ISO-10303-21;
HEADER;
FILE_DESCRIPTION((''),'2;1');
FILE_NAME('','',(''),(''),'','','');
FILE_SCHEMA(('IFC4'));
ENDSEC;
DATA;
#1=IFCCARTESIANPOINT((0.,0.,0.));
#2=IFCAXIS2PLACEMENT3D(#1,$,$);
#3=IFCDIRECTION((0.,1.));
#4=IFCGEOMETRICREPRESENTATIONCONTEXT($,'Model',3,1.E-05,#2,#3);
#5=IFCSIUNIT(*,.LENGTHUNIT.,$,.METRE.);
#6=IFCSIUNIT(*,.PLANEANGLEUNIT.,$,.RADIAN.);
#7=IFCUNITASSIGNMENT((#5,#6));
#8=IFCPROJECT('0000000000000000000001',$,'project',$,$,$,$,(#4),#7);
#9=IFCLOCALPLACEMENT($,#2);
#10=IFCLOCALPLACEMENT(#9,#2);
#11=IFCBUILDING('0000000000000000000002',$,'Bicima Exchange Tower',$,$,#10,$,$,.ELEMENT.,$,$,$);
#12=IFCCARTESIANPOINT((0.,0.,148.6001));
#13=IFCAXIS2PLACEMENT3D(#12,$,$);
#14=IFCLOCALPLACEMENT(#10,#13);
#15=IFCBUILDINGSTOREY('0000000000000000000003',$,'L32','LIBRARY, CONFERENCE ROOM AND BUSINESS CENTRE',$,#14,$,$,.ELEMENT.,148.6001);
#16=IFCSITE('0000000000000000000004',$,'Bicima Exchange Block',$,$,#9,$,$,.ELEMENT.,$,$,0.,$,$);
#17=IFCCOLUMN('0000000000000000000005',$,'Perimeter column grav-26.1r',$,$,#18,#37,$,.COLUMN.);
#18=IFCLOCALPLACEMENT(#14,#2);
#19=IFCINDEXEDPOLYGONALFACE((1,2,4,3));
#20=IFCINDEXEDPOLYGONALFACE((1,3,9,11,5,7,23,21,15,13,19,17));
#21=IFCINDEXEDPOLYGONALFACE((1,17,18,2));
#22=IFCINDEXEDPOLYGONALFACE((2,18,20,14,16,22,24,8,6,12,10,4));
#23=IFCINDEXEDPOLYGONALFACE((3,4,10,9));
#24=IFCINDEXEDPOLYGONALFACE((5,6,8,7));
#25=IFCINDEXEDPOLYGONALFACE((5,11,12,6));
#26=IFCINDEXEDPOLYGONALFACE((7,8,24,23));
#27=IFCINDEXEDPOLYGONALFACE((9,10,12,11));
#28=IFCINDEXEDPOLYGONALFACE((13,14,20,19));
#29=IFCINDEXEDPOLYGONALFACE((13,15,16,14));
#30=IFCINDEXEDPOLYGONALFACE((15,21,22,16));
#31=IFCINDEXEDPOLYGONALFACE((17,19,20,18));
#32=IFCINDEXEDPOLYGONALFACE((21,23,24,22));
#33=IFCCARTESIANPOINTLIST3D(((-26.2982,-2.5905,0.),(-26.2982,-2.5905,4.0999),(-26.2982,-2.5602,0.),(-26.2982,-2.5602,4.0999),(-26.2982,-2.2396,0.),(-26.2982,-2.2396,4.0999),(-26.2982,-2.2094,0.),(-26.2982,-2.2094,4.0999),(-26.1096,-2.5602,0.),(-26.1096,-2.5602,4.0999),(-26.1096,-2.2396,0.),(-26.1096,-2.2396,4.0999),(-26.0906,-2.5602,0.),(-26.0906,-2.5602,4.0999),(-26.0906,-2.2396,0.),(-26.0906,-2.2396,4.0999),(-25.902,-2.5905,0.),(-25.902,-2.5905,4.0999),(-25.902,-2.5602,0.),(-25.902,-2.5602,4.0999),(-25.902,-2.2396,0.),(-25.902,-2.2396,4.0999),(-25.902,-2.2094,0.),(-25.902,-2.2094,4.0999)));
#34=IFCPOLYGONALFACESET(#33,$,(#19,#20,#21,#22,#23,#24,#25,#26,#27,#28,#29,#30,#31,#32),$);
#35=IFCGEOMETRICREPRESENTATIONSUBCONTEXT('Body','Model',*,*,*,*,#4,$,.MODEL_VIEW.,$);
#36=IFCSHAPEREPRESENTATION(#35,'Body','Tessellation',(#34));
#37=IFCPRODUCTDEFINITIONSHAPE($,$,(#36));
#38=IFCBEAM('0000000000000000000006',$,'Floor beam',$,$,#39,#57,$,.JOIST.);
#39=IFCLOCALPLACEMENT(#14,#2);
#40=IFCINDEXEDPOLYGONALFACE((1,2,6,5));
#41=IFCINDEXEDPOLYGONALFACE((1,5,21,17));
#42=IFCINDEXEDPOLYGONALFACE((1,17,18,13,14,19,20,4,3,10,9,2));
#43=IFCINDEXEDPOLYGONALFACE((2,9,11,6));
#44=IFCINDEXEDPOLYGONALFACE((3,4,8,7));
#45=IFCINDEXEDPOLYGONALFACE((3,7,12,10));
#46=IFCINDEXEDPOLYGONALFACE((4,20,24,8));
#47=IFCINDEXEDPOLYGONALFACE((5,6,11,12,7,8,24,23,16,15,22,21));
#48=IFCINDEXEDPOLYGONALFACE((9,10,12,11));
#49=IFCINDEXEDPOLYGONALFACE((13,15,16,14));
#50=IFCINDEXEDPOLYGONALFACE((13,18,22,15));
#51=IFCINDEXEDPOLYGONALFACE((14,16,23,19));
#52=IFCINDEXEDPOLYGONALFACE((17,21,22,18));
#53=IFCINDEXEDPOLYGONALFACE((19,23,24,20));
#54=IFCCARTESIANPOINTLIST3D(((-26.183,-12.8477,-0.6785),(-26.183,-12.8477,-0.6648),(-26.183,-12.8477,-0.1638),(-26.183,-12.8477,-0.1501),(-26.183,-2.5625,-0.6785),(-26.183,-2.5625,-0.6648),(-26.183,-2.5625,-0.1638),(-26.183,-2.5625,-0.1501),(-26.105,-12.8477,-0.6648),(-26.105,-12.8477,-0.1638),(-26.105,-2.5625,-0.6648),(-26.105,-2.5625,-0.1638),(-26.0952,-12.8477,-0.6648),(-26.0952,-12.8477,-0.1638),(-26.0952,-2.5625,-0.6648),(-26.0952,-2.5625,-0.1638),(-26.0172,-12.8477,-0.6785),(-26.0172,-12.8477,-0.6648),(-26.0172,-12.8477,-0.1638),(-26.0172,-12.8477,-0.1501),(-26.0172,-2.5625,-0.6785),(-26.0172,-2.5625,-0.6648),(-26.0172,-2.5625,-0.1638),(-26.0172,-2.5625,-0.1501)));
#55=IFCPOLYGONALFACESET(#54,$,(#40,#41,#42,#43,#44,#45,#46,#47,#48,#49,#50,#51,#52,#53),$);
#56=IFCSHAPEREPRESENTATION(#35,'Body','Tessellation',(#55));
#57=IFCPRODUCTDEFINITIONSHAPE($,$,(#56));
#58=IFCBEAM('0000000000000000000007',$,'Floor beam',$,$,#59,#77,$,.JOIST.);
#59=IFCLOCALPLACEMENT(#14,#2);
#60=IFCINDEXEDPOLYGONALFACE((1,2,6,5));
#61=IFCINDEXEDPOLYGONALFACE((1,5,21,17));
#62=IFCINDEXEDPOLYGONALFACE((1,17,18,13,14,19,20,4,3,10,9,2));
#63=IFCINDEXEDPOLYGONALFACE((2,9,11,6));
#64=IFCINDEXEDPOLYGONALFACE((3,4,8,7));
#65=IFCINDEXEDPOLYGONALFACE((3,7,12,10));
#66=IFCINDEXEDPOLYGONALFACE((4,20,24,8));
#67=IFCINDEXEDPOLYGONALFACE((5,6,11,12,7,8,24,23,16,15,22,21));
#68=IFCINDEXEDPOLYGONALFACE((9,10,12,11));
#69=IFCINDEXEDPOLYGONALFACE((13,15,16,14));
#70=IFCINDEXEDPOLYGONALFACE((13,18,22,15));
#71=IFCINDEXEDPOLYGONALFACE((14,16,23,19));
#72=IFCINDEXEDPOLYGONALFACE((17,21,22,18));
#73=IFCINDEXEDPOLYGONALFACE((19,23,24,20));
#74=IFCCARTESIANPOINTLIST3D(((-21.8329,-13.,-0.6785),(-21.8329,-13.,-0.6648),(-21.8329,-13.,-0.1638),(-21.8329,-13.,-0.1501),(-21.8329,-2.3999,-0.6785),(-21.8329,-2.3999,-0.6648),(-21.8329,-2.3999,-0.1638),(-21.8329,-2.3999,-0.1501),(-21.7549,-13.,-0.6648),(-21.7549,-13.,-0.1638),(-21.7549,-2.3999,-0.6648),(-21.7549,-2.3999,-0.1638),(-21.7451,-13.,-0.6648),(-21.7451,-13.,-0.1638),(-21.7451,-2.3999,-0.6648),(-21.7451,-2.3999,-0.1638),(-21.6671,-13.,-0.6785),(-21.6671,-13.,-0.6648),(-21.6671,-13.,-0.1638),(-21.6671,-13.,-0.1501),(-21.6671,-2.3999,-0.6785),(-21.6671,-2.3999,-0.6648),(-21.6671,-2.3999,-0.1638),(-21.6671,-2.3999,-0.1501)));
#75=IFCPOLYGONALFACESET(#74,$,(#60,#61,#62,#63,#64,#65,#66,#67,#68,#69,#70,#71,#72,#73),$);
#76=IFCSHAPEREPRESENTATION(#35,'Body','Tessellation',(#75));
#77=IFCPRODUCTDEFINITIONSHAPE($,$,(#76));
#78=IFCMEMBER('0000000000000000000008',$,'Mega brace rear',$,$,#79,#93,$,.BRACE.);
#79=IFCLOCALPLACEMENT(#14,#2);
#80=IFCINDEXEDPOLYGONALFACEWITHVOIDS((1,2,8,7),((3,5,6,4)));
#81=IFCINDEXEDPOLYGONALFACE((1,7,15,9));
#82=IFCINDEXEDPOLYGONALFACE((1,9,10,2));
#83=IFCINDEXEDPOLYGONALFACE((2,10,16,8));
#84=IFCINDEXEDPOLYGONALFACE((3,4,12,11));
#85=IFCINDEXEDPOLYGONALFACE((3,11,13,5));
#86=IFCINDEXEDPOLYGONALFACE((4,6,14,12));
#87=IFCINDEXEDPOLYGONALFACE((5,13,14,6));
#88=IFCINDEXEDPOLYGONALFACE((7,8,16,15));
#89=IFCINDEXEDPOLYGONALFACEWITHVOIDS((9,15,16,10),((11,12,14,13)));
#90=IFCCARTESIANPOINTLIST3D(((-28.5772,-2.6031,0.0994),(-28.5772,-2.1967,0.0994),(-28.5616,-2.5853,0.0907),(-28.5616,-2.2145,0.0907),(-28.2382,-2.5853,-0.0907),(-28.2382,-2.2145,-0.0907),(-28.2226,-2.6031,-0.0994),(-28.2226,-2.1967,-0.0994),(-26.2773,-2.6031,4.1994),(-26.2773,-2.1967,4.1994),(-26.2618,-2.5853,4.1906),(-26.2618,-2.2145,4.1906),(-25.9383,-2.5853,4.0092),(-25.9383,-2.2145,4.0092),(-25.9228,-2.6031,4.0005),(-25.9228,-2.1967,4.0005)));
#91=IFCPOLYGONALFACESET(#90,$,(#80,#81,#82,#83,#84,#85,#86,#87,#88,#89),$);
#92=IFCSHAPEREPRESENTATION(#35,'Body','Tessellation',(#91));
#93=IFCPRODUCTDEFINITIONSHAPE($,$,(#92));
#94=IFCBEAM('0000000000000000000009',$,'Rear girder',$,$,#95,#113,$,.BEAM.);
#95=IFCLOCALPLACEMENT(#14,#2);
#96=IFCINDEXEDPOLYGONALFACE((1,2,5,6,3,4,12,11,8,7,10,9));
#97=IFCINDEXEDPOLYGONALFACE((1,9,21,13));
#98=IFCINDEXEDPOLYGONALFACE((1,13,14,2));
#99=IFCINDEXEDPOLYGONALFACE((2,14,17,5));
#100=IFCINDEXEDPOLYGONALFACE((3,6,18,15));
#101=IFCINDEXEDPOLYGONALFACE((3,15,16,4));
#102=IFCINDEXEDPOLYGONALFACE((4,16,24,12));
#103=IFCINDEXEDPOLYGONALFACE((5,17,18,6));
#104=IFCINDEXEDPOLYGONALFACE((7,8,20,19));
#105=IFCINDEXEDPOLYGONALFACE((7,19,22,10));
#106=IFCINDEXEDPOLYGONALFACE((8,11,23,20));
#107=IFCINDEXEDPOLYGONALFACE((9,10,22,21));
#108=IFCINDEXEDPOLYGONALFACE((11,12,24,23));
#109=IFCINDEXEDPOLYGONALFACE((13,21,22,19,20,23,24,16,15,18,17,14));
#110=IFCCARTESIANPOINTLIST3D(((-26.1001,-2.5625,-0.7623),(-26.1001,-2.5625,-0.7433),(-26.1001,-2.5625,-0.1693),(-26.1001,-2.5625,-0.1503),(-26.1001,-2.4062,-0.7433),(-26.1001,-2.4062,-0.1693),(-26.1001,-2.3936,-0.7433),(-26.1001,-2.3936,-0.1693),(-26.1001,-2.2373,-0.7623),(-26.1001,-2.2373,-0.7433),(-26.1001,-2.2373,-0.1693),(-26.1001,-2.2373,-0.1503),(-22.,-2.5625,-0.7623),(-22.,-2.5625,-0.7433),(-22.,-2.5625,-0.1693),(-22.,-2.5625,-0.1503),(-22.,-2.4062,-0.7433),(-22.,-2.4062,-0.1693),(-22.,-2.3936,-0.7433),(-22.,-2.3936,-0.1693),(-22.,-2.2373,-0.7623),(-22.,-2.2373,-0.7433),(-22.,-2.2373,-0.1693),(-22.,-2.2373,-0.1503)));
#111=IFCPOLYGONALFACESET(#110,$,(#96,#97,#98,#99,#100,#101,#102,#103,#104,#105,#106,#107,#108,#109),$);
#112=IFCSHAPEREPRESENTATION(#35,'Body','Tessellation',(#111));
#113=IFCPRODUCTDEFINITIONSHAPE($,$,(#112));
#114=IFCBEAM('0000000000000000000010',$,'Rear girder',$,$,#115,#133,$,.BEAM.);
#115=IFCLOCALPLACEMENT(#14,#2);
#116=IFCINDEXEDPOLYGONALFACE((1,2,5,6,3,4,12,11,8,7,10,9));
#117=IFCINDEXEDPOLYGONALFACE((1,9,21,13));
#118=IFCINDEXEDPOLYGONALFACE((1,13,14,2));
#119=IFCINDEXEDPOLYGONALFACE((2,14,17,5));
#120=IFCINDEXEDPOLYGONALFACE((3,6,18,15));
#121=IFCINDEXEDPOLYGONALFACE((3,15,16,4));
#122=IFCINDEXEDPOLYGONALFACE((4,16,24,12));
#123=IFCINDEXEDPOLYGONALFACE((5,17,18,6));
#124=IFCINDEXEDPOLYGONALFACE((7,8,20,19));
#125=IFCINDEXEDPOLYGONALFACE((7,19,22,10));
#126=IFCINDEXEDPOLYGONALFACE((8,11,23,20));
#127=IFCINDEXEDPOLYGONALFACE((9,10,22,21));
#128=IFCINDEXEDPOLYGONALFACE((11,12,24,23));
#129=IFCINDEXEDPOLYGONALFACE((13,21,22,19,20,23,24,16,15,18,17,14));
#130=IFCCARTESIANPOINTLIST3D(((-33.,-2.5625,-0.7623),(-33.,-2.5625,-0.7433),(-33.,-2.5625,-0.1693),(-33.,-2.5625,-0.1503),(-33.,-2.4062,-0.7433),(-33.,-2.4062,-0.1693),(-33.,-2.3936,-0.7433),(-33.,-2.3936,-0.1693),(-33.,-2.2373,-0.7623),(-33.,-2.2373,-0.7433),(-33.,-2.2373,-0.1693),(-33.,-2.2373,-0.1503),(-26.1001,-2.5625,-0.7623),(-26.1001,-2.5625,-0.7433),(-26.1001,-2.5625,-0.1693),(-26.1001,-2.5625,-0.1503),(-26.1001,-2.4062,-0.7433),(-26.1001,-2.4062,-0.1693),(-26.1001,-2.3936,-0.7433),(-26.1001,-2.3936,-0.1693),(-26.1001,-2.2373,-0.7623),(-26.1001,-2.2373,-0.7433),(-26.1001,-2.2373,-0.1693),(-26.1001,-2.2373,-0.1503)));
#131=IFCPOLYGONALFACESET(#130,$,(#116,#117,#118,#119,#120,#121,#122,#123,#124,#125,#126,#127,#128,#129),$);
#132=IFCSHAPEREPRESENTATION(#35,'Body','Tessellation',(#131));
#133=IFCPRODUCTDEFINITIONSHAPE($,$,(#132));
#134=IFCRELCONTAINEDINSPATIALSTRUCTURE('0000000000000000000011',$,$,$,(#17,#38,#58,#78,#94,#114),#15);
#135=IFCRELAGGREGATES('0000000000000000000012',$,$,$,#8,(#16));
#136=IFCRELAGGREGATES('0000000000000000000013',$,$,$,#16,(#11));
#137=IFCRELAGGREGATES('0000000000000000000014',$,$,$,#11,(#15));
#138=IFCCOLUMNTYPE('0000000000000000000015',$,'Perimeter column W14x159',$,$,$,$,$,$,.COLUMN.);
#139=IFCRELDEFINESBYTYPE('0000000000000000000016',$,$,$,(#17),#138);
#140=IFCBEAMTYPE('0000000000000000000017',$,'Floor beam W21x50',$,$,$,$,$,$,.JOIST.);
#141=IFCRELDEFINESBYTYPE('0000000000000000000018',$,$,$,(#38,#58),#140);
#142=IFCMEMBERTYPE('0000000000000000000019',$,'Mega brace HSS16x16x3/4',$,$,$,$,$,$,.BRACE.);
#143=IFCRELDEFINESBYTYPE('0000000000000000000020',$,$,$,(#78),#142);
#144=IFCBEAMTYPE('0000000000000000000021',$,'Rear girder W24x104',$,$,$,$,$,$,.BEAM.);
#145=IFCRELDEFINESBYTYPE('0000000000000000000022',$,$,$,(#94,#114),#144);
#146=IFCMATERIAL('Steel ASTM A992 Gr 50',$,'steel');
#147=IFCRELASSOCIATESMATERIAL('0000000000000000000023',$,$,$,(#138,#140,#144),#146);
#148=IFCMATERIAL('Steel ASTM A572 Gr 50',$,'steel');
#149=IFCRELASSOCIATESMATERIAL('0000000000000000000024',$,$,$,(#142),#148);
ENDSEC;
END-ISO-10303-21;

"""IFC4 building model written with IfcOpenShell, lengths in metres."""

from ifc_helpers import new_model, si_unit, direction, frame, origin, origin_2d, place, context, subcontext, project, spatial, hollow_rectangle, i_section, extrude, material, material_profile, profile_set, type_object, element, save


model = new_model("IFC4")

# Units and contexts
model_context = context("Model", 3, precision=1e-05, world=origin(), true_north=direction((0.0, 1.0)))
body_context = subcontext(model_context, "Body", "Model", "MODEL_VIEW")
ifc_project = project(units=[si_unit("LENGTHUNIT", "METRE"), si_unit("PLANEANGLEUNIT", "RADIAN")], contexts=[model_context])

# Site, building, storey
site_placement = place(None, origin())
site = spatial("IfcSite", under=ifc_project, at=site_placement, Name="Bicima Exchange Block", CompositionType="ELEMENT", RefElevation=0.0)
building_placement = place(site_placement, origin())
building = spatial("IfcBuilding", under=site, at=building_placement, Name="Bicima Exchange Tower", CompositionType="ELEMENT")
storey_placement = place(building_placement, frame((0.0, 0.0, 148.6001)))
storey = spatial("IfcBuildingStorey", under=building, at=storey_placement, Name="L32", Description="LIBRARY, CONFERENCE ROOM AND BUSINESS CENTRE", CompositionType="ELEMENT", Elevation=148.6001)

# Column
ifc_material_1 = material(Name="Steel ASTM A992 Gr 50", Category="steel")
ifc_material_profile_1 = material_profile(ifc_material_1, i_section(OverallWidth=0.3962, OverallDepth=0.3811, WebThickness=0.019, FlangeThickness=0.0303, at=origin_2d()))
ifc_profile_set_1 = profile_set([ifc_material_profile_1], Name="Steel ASTM A992 Gr 50")
column_type = type_object("IfcColumnType", Name="Perimeter column W14x159", PredefinedType="COLUMN", material=ifc_profile_set_1)
column_placement = place(storey_placement, frame((-26.1001, -2.3999, 0.0), z_axis=(0.0, 0.0, 1.0), x_axis=(1.0, 0.0, 0.0)))
element("IfcColumn", 1, at=column_placement, inside=storey, type_object=column_type, Name="Perimeter column grav-26.1r", PredefinedType="COLUMN", context=body_context, shape_type="SweptSolid", body=[
    extrude(i_section(OverallWidth=0.3962, OverallDepth=0.3811, WebThickness=0.019, FlangeThickness=0.0303, at=origin_2d()), origin(), (0.0, 0.0, 1.0), 4.0999),
])

# Beams
ifc_material_profile_2 = material_profile(ifc_material_1, i_section(OverallWidth=0.1658, OverallDepth=0.5283, WebThickness=0.0098, FlangeThickness=0.0137, at=origin_2d()))
ifc_profile_set_2 = profile_set([ifc_material_profile_2], Name="Steel ASTM A992 Gr 50")
beam_type_1 = type_object("IfcBeamType", Name="Floor beam W21x50", PredefinedType="JOIST", material=ifc_profile_set_2)
beam_1_placement = place(storey_placement, frame((-26.1001, -2.5625, -0.4143), z_axis=(0.0, -1.0, 0.0), x_axis=(1.0, 0.0, 0.0)))
element("IfcBeam", 2, at=beam_1_placement, inside=storey, type_object=beam_type_1, Name="Floor beam", PredefinedType="JOIST", context=body_context, shape_type="SweptSolid", body=[
    extrude(i_section(OverallWidth=0.1658, OverallDepth=0.5283, WebThickness=0.0098, FlangeThickness=0.0137, at=origin_2d()), origin(), (0.0, 0.0, 1.0), 10.2852),
])
beam_2_placement = place(storey_placement, frame((-21.75, -2.3999, -0.4143), z_axis=(0.0, -1.0, 0.0), x_axis=(1.0, 0.0, 0.0)))
element("IfcBeam", 3, at=beam_2_placement, inside=storey, type_object=beam_type_1, Name="Floor beam", PredefinedType="JOIST", context=body_context, shape_type="SweptSolid", body=[
    extrude(i_section(OverallWidth=0.1658, OverallDepth=0.5283, WebThickness=0.0098, FlangeThickness=0.0137, at=origin_2d()), origin(), (0.0, 0.0, 1.0), 10.6001),
])

# Member
ifc_material_2 = material(Name="Steel ASTM A572 Gr 50", Category="steel")
ifc_material_profile_3 = material_profile(ifc_material_2, hollow_rectangle(XDim=0.4065, YDim=0.4065, WallThickness=0.0178, at=origin_2d()))
ifc_profile_set_3 = profile_set([ifc_material_profile_3], Name="Steel ASTM A572 Gr 50")
member_type = type_object("IfcMemberType", Name="Mega brace HSS16x16x3/4", PredefinedType="BRACE", material=ifc_profile_set_3)
member_placement = place(storey_placement, frame((-28.3999, -2.3999, 0.0), z_axis=(0.489233, 0.0, 0.872153), x_axis=(0.0, 1.0, 0.0)))
element("IfcMember", 4, at=member_placement, inside=storey, type_object=member_type, Name="Mega brace rear", PredefinedType="BRACE", context=body_context, shape_type="SweptSolid", body=[
    extrude(hollow_rectangle(XDim=0.4065, YDim=0.4065, WallThickness=0.0178, at=origin_2d()), origin(), (0.0, 0.0, 1.0), 4.7009),
])

# Beams
ifc_material_profile_4 = material_profile(ifc_material_1, i_section(OverallWidth=0.3252, OverallDepth=0.6121, WebThickness=0.0127, FlangeThickness=0.019, at=origin_2d()))
ifc_profile_set_4 = profile_set([ifc_material_profile_4], Name="Steel ASTM A992 Gr 50")
beam_type_2 = type_object("IfcBeamType", Name="Rear girder W24x104", PredefinedType="BEAM", material=ifc_profile_set_4)
beam_3_placement = place(storey_placement, frame((-22.0, -2.3999, -0.4563), z_axis=(-1.0, 0.0, 0.0), x_axis=(0.0, -1.0, 0.0)))
element("IfcBeam", 5, at=beam_3_placement, inside=storey, type_object=beam_type_2, Name="Rear girder", PredefinedType="BEAM", context=body_context, shape_type="SweptSolid", body=[
    extrude(i_section(OverallWidth=0.3252, OverallDepth=0.6121, WebThickness=0.0127, FlangeThickness=0.019, at=origin_2d()), origin(), (0.0, 0.0, 1.0), 4.1001),
])
beam_4_placement = place(storey_placement, frame((-26.1001, -2.3999, -0.4563), z_axis=(-1.0, 0.0, 0.0), x_axis=(0.0, -1.0, 0.0)))
element("IfcBeam", 6, at=beam_4_placement, inside=storey, type_object=beam_type_2, Name="Rear girder", PredefinedType="BEAM", context=body_context, shape_type="SweptSolid", body=[
    extrude(i_section(OverallWidth=0.3252, OverallDepth=0.6121, WebThickness=0.0127, FlangeThickness=0.019, at=origin_2d()), origin(), (0.0, 0.0, 1.0), 6.8999),
])

save(model, "model.ifc")
